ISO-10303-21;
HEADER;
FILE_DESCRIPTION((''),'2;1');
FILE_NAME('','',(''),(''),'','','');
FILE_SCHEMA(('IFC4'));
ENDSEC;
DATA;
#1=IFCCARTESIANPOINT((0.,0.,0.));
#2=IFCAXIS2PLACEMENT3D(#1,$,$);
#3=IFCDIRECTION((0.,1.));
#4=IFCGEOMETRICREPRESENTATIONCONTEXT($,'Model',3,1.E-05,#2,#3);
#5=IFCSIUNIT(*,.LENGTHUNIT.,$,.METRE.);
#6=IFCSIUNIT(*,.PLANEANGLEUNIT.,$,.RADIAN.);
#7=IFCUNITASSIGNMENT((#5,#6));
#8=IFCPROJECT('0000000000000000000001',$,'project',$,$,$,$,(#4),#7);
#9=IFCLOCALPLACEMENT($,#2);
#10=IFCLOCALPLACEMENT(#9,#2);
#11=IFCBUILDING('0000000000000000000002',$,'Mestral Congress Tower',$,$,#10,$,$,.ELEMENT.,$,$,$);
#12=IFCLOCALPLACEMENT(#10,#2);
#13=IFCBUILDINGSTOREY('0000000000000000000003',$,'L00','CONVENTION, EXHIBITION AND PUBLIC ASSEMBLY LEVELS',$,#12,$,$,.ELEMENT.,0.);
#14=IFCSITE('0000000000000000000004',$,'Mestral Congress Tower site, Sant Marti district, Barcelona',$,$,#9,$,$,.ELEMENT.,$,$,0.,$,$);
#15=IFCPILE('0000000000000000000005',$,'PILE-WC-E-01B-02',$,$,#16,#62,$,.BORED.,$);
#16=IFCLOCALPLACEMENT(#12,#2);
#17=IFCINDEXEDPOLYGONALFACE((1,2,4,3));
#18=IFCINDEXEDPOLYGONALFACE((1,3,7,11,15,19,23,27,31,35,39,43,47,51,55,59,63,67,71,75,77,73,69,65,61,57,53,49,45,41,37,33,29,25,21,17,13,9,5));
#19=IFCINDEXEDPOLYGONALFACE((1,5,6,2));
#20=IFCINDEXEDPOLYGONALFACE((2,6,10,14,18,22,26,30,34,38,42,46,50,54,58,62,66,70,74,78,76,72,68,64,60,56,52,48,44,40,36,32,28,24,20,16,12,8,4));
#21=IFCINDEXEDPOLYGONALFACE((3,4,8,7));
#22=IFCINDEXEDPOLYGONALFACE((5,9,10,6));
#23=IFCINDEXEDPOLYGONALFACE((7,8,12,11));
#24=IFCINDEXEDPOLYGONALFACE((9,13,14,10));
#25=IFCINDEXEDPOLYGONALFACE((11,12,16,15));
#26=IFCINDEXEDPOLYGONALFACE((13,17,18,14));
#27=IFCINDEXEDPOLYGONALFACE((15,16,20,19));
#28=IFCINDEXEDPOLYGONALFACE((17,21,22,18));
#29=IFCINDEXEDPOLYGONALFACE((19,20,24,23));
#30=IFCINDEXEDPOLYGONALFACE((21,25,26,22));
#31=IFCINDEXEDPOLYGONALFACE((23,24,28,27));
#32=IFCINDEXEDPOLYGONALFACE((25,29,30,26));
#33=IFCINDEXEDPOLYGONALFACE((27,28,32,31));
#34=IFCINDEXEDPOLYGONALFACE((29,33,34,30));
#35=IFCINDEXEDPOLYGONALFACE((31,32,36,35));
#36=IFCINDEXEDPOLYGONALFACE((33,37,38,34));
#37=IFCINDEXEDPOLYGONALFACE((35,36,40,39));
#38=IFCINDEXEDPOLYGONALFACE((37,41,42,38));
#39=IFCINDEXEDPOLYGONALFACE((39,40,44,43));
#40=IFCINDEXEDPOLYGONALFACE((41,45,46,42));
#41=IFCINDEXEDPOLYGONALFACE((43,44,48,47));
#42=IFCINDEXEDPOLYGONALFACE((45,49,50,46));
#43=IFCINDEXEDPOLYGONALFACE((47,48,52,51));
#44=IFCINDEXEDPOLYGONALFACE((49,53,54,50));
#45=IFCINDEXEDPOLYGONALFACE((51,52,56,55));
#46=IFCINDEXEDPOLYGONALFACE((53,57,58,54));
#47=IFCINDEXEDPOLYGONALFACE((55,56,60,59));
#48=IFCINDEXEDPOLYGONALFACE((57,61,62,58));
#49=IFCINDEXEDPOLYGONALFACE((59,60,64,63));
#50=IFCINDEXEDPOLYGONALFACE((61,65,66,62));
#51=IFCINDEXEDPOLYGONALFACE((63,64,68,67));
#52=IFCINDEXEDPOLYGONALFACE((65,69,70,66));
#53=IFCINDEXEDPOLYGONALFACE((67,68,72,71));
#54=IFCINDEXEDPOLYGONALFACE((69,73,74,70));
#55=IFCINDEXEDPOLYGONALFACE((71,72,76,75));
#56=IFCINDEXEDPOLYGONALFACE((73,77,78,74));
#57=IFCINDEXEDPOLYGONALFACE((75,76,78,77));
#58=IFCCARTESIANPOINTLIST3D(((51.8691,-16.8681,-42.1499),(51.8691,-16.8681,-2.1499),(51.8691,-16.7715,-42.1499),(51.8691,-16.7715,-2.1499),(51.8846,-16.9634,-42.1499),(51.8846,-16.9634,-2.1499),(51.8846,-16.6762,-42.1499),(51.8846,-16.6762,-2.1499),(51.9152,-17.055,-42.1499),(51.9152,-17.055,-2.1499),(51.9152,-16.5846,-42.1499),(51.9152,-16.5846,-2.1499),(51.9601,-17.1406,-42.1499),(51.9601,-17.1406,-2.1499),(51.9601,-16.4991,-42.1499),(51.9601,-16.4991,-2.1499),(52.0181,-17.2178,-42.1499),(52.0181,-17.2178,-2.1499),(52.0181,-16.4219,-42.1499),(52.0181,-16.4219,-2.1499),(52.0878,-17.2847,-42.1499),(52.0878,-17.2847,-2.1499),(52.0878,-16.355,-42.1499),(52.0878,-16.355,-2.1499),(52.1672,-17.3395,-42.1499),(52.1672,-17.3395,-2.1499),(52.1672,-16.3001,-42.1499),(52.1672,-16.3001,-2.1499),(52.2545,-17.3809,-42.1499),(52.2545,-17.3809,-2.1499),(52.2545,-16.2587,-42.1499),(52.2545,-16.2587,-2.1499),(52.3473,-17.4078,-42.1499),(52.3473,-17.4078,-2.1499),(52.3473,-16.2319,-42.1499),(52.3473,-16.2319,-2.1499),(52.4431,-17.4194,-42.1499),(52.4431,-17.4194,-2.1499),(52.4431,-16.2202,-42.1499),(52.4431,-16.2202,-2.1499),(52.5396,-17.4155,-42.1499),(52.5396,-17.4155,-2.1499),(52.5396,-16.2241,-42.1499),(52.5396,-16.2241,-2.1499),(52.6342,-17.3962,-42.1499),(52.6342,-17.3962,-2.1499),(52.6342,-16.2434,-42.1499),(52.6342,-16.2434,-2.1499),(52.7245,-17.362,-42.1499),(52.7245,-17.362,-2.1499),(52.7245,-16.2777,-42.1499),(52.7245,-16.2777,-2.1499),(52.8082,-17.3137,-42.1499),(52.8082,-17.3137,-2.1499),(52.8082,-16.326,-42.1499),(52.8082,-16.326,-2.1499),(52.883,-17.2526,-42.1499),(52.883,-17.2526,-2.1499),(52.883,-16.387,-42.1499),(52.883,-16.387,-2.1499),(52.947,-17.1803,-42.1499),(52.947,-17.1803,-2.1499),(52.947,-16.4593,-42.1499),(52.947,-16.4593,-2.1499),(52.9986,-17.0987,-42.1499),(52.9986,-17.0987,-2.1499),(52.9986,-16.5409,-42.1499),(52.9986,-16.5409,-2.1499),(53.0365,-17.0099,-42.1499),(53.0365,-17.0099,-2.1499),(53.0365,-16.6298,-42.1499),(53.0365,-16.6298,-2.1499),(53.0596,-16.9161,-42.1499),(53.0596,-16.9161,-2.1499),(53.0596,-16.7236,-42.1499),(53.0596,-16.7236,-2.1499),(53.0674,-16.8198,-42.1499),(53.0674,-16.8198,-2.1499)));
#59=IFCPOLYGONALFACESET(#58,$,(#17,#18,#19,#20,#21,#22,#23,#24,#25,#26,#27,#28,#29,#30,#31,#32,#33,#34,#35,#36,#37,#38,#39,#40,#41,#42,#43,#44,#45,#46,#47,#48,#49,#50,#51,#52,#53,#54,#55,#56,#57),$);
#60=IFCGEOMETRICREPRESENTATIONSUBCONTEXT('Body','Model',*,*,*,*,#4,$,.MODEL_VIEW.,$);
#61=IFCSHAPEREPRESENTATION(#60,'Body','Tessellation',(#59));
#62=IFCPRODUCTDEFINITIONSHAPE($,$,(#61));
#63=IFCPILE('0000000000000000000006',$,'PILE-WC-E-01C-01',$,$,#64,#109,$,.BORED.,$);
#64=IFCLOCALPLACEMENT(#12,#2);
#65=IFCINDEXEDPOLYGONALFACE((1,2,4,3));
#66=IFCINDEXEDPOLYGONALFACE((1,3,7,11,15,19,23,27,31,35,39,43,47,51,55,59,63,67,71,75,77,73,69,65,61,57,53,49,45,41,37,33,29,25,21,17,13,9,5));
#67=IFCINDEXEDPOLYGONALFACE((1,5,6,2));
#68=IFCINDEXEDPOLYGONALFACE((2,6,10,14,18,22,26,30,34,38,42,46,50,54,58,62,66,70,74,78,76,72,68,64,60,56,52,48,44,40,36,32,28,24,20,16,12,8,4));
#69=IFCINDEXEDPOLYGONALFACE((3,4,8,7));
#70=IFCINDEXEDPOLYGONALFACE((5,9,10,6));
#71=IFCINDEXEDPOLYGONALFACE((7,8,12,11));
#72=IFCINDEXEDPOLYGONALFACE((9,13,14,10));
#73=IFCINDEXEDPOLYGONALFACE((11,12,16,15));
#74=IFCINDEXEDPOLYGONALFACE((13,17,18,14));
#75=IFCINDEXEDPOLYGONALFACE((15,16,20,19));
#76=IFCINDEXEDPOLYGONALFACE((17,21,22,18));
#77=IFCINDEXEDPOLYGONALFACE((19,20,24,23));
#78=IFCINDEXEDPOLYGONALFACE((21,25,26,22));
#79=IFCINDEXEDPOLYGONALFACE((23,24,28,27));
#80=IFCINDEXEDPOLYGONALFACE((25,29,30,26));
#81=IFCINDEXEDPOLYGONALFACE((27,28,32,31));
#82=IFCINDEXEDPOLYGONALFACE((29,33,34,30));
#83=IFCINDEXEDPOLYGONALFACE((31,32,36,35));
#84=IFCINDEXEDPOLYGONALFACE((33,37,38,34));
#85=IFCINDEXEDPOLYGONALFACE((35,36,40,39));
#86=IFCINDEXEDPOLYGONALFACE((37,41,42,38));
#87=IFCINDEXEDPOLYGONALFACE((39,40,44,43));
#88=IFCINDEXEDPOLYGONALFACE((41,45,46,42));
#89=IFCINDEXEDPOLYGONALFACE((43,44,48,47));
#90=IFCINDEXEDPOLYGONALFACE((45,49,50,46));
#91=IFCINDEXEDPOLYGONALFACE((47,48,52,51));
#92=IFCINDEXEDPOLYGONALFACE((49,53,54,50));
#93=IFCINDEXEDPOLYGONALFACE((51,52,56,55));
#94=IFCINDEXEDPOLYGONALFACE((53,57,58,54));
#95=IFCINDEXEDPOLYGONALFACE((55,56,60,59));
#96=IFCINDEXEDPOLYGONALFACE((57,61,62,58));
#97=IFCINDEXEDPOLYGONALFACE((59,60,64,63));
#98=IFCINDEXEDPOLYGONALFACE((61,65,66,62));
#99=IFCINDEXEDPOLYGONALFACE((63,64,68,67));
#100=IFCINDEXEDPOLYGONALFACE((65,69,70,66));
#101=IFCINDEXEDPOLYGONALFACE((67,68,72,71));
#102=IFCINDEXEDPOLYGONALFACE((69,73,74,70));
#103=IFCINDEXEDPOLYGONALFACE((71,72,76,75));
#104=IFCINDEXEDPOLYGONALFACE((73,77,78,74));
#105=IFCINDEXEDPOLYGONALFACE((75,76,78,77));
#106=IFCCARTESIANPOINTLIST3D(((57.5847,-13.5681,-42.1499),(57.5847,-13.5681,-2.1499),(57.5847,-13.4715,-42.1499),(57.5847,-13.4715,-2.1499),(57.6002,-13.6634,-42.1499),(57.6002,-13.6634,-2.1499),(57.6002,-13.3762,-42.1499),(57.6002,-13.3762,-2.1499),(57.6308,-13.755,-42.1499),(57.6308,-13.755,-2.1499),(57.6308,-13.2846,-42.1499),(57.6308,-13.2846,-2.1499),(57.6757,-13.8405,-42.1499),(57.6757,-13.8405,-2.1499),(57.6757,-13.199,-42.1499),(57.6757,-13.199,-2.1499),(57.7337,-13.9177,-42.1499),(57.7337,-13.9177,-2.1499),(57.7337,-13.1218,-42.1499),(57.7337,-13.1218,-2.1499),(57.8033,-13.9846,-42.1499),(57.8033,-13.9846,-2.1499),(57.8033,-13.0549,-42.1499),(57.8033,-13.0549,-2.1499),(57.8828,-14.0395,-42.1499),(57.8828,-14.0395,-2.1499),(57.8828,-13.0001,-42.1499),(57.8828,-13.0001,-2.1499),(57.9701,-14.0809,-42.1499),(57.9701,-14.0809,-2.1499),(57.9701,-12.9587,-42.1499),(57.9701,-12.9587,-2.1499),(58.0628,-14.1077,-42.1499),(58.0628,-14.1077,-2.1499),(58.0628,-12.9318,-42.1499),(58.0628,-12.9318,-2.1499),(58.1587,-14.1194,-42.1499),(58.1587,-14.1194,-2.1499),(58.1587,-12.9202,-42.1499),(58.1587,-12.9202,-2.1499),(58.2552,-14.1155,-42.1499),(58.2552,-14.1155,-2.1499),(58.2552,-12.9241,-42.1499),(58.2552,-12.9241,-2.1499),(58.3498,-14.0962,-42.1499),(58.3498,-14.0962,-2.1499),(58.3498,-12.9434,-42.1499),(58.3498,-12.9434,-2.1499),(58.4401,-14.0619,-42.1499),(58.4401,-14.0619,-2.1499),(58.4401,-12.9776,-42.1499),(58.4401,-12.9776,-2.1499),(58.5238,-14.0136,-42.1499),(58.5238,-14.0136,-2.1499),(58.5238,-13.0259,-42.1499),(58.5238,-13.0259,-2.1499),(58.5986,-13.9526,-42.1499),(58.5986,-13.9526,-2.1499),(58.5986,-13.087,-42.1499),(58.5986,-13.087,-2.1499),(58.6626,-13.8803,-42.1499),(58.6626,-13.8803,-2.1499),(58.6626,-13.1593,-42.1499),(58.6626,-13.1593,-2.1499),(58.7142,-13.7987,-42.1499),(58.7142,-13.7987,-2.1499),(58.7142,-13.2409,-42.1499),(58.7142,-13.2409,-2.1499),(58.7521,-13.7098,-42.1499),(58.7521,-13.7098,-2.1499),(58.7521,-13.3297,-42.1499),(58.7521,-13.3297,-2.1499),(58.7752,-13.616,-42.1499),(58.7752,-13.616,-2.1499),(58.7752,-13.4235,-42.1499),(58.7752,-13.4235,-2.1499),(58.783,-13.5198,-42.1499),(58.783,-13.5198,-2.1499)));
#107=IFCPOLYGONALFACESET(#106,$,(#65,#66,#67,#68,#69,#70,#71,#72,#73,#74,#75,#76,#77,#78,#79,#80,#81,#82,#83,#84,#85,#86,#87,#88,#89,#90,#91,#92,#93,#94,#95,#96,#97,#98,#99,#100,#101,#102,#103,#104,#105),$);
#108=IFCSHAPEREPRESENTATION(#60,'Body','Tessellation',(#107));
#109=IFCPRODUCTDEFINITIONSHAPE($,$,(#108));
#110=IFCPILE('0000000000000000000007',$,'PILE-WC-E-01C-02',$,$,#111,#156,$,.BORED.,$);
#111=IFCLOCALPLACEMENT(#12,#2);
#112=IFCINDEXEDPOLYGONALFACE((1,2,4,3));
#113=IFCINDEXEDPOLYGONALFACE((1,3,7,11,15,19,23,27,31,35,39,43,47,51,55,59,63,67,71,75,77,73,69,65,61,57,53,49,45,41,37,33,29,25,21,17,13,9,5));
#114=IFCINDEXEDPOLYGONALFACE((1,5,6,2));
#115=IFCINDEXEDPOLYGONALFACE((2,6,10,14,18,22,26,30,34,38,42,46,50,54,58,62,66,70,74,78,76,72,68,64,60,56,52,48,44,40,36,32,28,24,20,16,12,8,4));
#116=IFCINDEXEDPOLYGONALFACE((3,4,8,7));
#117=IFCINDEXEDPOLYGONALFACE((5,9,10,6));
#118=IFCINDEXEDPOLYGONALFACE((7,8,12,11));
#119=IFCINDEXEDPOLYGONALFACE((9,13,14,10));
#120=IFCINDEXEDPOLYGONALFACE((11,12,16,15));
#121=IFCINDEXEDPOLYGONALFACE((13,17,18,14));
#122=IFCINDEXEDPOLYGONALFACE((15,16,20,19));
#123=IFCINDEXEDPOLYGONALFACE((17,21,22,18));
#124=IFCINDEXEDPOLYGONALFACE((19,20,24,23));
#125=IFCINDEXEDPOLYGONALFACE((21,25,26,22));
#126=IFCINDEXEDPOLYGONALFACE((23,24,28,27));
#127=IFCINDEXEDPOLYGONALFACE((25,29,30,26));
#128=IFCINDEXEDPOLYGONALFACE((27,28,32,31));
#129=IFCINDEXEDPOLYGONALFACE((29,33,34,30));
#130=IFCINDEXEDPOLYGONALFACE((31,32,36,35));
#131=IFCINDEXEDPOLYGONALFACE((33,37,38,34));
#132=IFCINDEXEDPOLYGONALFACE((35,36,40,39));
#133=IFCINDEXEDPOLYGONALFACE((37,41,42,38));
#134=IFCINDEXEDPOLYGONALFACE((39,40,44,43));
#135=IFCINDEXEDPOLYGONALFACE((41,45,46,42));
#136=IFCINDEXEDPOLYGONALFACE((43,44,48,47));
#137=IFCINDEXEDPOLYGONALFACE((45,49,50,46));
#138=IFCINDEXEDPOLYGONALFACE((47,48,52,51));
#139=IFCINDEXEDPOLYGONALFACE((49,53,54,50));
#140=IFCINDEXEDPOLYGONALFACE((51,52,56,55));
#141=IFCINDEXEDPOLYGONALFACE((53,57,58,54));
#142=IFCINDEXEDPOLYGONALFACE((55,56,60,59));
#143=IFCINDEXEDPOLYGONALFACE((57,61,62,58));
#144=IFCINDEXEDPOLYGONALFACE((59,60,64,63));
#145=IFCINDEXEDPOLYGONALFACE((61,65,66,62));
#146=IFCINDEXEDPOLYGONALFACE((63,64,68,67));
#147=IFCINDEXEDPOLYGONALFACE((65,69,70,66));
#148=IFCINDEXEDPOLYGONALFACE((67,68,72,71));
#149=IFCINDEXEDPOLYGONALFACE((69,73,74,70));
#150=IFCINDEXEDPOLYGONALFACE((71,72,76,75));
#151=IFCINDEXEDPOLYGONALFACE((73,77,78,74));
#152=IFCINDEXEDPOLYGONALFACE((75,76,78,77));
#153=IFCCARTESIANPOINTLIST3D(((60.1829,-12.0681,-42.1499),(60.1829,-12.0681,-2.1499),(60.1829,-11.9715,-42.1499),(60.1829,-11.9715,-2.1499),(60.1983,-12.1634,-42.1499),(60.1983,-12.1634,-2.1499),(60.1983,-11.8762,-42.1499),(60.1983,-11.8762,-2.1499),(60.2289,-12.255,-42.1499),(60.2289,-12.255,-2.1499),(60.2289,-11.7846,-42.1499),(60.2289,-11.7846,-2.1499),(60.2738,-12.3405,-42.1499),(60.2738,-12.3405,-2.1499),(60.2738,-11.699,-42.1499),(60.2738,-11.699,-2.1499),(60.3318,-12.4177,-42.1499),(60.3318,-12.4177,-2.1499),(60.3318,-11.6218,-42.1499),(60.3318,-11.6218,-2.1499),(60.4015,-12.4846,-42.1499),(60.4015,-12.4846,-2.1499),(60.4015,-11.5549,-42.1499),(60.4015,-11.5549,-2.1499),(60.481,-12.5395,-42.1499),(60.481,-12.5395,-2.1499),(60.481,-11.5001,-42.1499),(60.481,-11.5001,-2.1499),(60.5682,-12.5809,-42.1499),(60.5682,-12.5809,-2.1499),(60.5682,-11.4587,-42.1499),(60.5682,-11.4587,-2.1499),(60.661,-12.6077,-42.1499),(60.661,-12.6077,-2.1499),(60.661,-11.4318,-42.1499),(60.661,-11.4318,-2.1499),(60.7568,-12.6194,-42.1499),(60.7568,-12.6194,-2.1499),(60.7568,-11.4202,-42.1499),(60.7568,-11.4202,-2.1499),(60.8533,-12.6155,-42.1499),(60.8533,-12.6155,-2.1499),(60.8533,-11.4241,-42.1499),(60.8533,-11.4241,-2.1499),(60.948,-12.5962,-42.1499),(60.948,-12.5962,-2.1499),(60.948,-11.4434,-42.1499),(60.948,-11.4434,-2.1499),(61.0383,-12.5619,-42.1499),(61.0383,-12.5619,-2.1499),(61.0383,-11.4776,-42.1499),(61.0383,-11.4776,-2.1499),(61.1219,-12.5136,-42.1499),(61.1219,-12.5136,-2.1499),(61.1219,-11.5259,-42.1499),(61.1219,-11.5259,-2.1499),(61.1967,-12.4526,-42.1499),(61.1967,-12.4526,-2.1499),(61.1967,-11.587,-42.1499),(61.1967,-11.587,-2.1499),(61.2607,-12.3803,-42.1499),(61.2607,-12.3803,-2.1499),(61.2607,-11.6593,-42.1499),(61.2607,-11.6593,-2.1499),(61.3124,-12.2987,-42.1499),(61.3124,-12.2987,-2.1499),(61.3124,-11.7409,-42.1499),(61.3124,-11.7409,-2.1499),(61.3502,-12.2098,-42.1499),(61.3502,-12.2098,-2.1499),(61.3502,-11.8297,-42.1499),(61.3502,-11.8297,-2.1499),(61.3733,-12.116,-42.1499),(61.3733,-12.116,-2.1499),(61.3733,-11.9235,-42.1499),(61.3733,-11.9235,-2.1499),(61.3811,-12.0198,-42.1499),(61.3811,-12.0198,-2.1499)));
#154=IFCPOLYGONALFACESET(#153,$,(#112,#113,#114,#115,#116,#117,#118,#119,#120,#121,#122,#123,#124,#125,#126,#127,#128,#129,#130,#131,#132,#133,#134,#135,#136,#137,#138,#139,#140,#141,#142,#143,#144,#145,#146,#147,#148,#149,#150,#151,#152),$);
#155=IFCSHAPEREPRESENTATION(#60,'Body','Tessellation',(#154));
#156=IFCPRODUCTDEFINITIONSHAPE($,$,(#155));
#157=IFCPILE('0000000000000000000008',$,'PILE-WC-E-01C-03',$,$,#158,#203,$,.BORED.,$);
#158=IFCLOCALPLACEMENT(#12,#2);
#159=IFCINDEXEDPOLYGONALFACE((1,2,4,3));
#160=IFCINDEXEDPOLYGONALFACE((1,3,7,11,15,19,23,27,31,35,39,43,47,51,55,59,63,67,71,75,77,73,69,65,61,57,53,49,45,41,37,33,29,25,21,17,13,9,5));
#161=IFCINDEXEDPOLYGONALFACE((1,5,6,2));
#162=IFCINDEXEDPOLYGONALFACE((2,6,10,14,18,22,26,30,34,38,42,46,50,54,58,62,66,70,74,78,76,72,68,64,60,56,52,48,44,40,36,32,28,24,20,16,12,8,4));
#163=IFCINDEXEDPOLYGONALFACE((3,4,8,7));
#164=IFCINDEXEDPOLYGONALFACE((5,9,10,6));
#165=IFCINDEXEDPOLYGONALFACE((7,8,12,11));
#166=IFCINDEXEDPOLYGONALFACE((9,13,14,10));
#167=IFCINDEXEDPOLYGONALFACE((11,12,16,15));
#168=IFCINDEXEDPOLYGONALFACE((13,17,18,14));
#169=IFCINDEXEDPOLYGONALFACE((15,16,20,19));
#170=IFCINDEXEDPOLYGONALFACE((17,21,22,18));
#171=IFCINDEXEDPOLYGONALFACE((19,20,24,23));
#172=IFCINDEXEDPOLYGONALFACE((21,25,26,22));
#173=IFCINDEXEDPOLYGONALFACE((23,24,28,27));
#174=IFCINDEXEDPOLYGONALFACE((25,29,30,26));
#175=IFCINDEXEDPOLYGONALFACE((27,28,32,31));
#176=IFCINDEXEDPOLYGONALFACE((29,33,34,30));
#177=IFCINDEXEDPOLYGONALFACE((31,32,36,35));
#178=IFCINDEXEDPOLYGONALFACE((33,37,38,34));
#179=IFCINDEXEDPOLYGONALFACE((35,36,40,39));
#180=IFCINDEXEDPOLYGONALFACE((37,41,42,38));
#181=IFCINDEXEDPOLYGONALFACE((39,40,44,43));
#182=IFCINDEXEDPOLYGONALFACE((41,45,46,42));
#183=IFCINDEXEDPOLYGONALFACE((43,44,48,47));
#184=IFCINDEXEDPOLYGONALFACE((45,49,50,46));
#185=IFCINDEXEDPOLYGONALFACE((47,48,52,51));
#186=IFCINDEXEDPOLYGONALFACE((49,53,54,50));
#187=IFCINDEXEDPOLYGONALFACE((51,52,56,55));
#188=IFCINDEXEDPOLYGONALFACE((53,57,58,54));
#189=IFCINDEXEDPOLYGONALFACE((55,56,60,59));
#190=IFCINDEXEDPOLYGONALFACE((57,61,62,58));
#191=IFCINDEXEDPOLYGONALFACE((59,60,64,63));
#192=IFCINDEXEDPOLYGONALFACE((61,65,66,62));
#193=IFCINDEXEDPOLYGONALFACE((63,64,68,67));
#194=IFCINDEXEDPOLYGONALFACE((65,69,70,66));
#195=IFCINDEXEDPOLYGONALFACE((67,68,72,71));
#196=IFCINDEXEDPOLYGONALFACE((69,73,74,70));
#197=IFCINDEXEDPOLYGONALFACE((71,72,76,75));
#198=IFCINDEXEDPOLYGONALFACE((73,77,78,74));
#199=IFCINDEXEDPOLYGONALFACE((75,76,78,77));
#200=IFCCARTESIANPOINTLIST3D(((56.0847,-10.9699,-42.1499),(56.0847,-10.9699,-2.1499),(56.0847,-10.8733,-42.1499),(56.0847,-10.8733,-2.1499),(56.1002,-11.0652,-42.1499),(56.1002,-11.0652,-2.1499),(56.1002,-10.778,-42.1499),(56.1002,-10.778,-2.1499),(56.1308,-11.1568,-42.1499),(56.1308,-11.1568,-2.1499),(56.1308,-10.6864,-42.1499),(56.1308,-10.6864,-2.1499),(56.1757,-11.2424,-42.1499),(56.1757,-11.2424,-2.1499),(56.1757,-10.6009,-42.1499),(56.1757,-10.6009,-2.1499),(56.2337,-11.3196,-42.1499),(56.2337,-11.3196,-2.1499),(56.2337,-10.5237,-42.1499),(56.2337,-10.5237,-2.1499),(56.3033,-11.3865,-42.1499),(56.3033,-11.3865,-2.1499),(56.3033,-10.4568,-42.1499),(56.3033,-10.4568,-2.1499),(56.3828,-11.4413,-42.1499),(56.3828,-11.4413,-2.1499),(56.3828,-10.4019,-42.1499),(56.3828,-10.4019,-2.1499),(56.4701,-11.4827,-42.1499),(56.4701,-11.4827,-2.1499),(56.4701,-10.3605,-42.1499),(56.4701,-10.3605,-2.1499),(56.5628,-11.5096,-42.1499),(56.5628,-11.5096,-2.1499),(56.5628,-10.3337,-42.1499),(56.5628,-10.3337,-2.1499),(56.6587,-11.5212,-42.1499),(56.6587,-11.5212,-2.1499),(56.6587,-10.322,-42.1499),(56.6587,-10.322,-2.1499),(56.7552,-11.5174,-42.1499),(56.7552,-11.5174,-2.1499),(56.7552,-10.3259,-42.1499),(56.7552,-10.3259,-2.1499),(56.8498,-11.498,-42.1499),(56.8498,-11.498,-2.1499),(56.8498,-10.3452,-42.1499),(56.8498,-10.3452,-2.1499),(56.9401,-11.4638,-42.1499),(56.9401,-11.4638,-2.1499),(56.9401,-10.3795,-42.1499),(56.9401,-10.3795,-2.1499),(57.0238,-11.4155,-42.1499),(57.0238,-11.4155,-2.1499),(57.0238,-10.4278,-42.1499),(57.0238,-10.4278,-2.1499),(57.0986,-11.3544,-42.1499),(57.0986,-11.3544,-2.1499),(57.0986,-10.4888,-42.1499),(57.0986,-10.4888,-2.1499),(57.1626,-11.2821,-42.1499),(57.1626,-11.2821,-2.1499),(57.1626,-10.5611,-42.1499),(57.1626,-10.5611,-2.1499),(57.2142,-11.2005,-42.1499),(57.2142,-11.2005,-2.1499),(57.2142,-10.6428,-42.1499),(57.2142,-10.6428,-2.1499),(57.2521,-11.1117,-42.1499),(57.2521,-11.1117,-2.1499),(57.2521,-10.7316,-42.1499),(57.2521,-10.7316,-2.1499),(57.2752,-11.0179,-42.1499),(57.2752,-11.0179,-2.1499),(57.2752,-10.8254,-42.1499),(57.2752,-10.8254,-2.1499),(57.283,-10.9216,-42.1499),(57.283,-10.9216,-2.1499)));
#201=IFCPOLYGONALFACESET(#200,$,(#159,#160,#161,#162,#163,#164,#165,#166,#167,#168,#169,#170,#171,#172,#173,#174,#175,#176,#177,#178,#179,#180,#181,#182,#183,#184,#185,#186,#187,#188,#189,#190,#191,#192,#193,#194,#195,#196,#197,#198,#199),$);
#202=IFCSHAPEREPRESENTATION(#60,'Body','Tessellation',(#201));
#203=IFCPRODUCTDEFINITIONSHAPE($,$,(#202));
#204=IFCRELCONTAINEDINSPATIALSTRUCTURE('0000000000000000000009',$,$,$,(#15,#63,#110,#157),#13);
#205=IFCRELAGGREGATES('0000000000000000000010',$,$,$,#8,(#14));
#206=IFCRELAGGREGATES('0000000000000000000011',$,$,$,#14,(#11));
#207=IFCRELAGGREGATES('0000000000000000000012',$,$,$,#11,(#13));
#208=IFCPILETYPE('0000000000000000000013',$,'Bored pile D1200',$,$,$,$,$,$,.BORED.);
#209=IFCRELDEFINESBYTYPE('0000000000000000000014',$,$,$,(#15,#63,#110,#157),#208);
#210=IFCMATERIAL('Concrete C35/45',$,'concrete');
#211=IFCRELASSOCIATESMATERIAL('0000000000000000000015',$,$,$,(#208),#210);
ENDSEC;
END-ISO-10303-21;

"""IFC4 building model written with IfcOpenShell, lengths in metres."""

from ifc_helpers import new_model, si_unit, direction, frame, origin, origin_2d, place, context, subcontext, project, spatial, circle, extrude, material, material_profile, profile_set, type_object, element, save


model = new_model("IFC4")

# Units and contexts
model_context = context("Model", 3, precision=1e-05, world=origin(), true_north=direction((0.0, 1.0)))
body_context = subcontext(model_context, "Body", "Model", "MODEL_VIEW")
ifc_project = project(units=[si_unit("LENGTHUNIT", "METRE"), si_unit("PLANEANGLEUNIT", "RADIAN")], contexts=[model_context])

# Site, building, storey
site_placement = place(None, origin())
site = spatial("IfcSite", under=ifc_project, at=site_placement, Name="Mestral Congress Tower site, Sant Marti district, Barcelona", CompositionType="ELEMENT", RefElevation=0.0)
building_placement = place(site_placement, origin())
building = spatial("IfcBuilding", under=site, at=building_placement, Name="Mestral Congress Tower", CompositionType="ELEMENT")
storey_placement = place(building_placement, origin())
storey = spatial("IfcBuildingStorey", under=building, at=storey_placement, Name="L00", Description="CONVENTION, EXHIBITION AND PUBLIC ASSEMBLY LEVELS", CompositionType="ELEMENT", Elevation=0.0)

# Piles
ifc_material_1 = material(Name="Concrete C35/45", Category="concrete")
ifc_material_profile_1 = material_profile(ifc_material_1, circle(Radius=0.6001, at=origin_2d()), Name="D1200")
ifc_profile_set_1 = profile_set([ifc_material_profile_1], Name="Concrete C35/45")
pile_type = type_object("IfcPileType", Name="Bored pile D1200", PredefinedType="BORED", material=ifc_profile_set_1)
for number, where, z_axis, x_axis, name in (
    (1, (52.4673, -16.8198, -2.1499), (0.0, 0.0, -1.0), (1.0, 0.0, 0.0), "PILE-WC-E-01B-02"),
    (2, (58.1829, -13.5198, -2.1499), (0.0, 0.0, -1.0), (1.0, 0.0, 0.0), "PILE-WC-E-01C-01"),
    (3, (60.781, -12.0198, -2.1499), (0.0, 0.0, -1.0), (1.0, 0.0, 0.0), "PILE-WC-E-01C-02"),
    (4, (56.6829, -10.9216, -2.1499), (0.0, 0.0, -1.0), (1.0, 0.0, 0.0), "PILE-WC-E-01C-03"),
):
    element("IfcPile", number, at=place(storey_placement, frame(where, z_axis=z_axis, x_axis=x_axis)), inside=storey, type_object=pile_type, Name=name, PredefinedType="BORED", context=body_context, shape_type="SweptSolid", body=[
        extrude(circle(Radius=0.6001, at=origin_2d()), origin(), (0.0, 0.0, 1.0), 40.0),
    ])

save(model, "model.ifc")
